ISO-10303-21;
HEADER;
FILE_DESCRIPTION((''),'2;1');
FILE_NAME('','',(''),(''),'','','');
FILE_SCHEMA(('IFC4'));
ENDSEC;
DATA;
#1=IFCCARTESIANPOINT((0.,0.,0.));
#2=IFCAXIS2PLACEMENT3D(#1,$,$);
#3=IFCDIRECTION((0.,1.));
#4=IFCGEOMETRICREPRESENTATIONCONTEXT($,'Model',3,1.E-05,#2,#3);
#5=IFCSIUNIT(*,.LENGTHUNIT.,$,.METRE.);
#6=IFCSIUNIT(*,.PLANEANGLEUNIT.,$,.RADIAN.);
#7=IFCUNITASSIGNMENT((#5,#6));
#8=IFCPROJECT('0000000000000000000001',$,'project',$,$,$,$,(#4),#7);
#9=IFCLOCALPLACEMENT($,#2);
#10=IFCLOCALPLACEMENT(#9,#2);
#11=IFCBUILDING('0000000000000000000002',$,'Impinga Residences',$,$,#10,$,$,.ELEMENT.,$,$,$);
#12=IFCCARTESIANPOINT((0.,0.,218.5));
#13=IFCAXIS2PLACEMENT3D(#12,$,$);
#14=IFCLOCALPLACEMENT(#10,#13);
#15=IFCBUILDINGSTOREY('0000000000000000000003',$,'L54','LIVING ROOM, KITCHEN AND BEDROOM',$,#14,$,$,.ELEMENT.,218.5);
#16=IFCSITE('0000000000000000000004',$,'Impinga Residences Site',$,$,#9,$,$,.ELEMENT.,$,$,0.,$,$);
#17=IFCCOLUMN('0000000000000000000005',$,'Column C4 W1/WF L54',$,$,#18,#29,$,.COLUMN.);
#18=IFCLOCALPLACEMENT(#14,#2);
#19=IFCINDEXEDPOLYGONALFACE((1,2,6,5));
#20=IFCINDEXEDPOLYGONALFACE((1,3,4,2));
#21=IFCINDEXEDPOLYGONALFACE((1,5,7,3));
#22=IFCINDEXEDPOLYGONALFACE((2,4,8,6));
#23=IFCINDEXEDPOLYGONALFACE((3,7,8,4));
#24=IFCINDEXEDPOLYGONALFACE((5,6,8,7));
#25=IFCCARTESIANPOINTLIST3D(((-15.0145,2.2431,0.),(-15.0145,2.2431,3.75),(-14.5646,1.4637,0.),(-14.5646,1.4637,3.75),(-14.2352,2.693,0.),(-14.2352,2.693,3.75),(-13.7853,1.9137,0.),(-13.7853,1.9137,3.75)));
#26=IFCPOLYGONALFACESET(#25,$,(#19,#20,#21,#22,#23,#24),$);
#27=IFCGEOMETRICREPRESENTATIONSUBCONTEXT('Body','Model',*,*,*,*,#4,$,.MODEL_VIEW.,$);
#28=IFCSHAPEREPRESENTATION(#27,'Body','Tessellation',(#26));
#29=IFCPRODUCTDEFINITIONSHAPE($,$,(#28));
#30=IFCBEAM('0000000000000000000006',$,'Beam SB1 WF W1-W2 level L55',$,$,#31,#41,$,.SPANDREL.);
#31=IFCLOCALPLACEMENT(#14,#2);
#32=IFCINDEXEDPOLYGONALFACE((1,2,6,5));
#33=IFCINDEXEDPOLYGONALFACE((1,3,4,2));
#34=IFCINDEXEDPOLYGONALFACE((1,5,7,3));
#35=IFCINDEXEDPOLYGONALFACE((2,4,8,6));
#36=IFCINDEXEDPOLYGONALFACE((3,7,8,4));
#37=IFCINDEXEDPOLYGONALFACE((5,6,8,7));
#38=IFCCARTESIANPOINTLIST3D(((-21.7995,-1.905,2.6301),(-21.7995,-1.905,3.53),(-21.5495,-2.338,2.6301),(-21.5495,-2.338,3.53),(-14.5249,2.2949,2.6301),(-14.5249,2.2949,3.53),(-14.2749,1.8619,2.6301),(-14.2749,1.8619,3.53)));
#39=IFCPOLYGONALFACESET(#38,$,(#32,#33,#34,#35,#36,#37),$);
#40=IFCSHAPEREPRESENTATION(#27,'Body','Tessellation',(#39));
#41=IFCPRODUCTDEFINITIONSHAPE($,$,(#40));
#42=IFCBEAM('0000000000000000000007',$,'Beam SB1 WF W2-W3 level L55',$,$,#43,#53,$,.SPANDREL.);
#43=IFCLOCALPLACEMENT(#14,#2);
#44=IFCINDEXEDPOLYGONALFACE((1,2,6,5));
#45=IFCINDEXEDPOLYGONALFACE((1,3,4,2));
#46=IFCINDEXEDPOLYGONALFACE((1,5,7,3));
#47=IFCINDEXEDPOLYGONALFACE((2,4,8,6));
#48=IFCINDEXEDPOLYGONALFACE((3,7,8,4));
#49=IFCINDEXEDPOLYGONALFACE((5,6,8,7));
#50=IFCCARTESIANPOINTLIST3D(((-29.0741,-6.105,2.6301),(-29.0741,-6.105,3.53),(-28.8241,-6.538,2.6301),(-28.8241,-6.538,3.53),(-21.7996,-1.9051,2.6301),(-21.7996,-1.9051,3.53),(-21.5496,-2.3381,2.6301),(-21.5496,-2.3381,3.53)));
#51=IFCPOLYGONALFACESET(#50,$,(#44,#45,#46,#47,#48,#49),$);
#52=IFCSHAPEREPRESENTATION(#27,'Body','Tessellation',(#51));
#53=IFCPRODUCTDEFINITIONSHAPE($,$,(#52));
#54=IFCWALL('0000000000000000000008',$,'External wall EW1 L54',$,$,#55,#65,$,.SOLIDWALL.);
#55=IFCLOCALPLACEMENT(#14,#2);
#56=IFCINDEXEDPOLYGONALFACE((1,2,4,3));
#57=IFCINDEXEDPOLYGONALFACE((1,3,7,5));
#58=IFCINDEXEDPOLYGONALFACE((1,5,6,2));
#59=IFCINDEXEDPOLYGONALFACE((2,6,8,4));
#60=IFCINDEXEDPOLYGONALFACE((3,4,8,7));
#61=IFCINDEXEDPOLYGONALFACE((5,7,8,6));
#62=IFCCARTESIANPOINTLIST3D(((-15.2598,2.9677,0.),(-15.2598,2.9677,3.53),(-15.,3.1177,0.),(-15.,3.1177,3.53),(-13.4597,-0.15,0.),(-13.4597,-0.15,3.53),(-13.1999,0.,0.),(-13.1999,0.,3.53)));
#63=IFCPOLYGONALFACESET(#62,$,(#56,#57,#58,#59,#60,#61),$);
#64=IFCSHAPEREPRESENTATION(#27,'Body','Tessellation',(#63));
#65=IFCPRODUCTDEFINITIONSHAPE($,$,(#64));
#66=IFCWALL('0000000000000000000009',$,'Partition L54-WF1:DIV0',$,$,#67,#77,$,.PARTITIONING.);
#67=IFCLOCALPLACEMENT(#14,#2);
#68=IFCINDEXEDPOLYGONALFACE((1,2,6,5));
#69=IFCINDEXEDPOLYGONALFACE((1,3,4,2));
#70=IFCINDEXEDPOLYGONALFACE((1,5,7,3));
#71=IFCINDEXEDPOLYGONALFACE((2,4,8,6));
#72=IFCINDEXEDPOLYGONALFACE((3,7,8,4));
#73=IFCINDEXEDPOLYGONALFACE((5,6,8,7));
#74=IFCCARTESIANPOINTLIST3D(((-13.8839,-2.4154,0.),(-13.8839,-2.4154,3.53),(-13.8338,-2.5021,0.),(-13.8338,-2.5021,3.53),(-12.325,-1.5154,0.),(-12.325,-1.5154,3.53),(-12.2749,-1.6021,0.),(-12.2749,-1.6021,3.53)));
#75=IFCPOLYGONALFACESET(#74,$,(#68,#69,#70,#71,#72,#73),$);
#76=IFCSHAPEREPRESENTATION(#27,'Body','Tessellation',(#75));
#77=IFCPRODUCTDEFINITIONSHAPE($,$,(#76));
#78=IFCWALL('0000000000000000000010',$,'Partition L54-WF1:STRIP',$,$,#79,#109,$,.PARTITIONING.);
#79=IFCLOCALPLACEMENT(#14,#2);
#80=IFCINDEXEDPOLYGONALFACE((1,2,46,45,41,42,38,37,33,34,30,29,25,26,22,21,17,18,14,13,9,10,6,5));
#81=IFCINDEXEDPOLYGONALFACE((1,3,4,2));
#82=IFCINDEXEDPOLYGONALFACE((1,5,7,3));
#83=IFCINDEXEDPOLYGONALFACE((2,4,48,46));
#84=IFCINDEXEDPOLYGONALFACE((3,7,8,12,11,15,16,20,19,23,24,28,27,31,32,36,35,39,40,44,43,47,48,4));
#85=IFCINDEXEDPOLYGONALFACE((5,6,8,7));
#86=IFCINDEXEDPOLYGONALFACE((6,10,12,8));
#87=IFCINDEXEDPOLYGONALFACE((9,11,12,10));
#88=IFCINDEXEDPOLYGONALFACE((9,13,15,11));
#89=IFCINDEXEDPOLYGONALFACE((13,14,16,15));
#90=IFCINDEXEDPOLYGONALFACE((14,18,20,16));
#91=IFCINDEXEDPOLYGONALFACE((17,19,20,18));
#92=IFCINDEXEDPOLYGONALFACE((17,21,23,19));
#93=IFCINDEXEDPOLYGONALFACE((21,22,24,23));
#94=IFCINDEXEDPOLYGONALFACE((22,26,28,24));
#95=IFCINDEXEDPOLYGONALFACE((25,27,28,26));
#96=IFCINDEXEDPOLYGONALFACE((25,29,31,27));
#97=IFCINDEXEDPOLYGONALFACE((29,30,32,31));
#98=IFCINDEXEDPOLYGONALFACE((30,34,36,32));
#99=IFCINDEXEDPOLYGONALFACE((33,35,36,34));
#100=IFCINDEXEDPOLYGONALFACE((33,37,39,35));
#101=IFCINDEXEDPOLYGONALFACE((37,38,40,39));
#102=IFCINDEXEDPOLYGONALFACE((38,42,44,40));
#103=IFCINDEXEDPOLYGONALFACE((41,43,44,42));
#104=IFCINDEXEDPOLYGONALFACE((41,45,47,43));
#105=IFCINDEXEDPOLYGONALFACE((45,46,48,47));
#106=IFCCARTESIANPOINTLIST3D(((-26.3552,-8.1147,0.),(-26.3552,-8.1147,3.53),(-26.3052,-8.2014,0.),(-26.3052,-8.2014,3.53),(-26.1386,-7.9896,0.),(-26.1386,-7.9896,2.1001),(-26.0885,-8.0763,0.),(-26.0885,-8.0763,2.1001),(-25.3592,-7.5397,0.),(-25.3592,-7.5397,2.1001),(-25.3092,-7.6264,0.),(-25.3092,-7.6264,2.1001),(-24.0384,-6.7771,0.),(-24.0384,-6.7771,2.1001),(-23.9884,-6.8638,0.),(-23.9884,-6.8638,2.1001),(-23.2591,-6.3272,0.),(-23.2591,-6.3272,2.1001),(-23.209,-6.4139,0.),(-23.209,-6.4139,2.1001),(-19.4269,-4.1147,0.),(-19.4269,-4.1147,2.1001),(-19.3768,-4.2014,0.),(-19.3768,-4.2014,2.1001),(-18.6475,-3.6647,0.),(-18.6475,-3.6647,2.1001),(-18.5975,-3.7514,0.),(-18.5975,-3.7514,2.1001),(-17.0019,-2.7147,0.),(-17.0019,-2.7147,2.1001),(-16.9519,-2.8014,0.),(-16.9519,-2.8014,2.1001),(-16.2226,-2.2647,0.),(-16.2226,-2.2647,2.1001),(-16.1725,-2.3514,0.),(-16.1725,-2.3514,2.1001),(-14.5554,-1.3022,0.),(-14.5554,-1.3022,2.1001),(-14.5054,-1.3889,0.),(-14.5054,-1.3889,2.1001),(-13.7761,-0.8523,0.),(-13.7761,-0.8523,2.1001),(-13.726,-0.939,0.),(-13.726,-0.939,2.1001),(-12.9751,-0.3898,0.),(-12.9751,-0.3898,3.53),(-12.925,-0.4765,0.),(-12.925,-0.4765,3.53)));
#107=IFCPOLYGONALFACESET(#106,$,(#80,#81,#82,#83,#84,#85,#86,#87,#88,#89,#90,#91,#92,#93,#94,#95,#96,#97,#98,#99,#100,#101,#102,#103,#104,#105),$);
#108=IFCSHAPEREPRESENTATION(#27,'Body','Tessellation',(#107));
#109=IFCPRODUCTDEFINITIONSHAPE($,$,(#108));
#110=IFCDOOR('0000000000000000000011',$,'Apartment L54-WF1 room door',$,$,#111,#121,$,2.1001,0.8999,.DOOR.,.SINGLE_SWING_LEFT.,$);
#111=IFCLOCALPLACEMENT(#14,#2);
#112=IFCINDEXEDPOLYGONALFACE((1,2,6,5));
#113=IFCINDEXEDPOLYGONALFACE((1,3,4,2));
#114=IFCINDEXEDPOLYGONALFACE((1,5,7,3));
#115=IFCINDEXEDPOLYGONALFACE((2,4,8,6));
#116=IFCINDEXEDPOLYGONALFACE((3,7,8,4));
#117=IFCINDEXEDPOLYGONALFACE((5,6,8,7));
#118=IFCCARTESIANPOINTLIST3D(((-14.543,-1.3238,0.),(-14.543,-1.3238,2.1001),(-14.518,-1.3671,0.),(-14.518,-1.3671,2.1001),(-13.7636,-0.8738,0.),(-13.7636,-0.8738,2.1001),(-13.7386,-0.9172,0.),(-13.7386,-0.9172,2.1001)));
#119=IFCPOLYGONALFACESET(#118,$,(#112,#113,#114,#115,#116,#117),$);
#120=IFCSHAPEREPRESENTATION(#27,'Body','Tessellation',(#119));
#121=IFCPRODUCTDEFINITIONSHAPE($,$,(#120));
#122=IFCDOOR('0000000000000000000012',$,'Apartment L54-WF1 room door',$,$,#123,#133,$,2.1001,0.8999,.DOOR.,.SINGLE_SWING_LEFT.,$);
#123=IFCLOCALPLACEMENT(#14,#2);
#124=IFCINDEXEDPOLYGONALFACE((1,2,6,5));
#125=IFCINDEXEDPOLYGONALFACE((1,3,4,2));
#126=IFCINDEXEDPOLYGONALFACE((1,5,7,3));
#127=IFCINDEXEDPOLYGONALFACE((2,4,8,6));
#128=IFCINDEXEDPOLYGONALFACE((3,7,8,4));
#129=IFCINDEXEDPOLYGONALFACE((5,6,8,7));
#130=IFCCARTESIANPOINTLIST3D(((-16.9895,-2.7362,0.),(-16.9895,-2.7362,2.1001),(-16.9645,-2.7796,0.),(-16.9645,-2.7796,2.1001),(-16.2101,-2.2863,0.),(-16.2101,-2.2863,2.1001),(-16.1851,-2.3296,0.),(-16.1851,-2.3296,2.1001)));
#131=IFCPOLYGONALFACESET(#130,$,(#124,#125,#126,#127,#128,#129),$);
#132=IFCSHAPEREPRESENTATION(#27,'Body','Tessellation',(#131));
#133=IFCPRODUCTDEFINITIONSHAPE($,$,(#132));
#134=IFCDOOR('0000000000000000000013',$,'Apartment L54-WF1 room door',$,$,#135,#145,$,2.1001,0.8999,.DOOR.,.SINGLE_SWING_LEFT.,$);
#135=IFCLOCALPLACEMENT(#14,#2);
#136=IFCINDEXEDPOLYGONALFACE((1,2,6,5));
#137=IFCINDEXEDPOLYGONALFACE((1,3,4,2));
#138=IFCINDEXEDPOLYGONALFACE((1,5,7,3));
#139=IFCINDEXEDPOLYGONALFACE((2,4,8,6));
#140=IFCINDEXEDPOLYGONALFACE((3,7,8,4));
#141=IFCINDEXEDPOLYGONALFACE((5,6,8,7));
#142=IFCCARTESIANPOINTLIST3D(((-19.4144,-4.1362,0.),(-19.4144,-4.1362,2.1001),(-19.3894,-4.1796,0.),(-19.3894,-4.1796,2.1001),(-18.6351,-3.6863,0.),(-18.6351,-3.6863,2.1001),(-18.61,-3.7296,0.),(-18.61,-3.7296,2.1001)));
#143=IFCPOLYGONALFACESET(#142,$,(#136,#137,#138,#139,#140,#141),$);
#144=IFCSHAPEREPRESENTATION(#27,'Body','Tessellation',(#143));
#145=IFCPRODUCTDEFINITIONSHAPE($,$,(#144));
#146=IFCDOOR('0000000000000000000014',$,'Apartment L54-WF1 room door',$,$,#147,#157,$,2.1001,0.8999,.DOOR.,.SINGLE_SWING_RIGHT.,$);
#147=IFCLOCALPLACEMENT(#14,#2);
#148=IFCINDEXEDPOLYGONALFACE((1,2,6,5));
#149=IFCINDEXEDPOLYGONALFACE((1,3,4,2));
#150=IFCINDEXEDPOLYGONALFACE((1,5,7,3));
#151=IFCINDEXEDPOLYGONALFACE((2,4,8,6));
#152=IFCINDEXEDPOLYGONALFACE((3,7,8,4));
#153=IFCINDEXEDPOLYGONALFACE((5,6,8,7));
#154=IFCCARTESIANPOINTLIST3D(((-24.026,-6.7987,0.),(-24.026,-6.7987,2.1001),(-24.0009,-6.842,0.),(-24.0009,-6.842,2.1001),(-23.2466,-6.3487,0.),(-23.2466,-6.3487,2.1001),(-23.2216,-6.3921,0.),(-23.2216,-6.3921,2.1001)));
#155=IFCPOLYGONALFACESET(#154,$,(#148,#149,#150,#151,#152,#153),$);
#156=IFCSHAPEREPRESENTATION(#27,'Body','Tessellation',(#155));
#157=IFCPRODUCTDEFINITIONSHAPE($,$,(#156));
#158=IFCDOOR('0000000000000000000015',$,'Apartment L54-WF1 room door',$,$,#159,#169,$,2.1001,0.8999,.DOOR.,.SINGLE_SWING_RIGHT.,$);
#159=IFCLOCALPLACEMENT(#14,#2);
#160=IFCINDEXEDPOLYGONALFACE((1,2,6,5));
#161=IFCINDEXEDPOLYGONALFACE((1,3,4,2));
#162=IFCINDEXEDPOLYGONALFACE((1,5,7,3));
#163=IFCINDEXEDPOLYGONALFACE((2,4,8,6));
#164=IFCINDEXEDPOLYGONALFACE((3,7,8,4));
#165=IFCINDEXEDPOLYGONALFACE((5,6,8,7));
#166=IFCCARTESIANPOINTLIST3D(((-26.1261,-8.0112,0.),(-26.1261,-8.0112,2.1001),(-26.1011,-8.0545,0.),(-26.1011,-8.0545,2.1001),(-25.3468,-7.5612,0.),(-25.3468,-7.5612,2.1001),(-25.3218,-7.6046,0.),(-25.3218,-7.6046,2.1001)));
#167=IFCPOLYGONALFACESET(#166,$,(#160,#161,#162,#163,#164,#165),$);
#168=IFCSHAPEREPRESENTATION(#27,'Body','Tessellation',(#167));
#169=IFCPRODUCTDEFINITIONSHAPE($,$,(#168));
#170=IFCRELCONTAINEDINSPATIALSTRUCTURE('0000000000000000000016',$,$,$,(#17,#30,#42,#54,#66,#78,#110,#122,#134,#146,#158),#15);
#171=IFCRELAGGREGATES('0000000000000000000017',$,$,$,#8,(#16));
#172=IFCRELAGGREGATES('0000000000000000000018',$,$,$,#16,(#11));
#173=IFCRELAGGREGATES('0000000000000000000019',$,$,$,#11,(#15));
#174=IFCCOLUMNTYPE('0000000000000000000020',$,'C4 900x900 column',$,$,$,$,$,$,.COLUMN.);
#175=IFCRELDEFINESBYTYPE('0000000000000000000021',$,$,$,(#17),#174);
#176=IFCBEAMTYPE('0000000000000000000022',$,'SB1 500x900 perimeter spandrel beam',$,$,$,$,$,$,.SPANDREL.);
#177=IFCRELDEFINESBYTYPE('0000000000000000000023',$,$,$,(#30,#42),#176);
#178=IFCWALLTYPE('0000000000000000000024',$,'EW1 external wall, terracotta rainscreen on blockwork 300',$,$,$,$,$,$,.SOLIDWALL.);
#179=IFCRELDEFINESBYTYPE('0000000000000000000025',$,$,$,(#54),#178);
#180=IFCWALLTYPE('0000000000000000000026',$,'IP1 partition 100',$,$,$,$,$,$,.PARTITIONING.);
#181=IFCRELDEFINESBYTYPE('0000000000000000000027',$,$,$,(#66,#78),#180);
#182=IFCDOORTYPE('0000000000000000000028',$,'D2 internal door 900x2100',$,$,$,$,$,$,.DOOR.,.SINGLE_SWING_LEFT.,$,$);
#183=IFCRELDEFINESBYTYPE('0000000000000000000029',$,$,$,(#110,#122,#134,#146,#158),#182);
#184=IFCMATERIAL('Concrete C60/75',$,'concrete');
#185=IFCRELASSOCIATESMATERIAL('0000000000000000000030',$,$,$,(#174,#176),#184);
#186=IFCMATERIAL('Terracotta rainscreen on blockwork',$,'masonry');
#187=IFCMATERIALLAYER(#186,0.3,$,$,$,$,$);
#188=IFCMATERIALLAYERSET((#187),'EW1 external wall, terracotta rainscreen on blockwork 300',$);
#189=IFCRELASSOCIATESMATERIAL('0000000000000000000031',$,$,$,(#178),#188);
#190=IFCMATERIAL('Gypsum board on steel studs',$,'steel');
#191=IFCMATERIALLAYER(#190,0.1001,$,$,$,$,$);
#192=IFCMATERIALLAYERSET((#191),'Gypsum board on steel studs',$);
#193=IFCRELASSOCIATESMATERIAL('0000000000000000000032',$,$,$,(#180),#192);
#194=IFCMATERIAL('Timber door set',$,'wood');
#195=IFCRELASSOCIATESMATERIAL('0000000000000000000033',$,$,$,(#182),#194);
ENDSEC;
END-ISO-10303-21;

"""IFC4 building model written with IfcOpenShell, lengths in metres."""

from ifc_helpers import new_model, si_unit, direction, frame, frame_2d, origin, origin_2d, place, context, subcontext, project, spatial, rectangle, extrude, material, layer, layer_set, material_profile, profile_set, type_object, element, fill, save


model = new_model("IFC4")

# Units and contexts
model_context = context("Model", 3, precision=1e-05, world=origin(), true_north=direction((0.0, 1.0)))
body_context = subcontext(model_context, "Body", "Model", "MODEL_VIEW")
ifc_project = project(units=[si_unit("LENGTHUNIT", "METRE"), si_unit("PLANEANGLEUNIT", "RADIAN")], contexts=[model_context])

# Site, building, storey
site_placement = place(None, origin())
site = spatial("IfcSite", under=ifc_project, at=site_placement, Name="Impinga Residences Site", CompositionType="ELEMENT", RefElevation=0.0)
building_placement = place(site_placement, origin())
building = spatial("IfcBuilding", under=site, at=building_placement, Name="Impinga Residences", CompositionType="ELEMENT")
storey_placement = place(building_placement, frame((0.0, 0.0, 218.5)))
storey = spatial("IfcBuildingStorey", under=building, at=storey_placement, Name="L54", Description="LIVING ROOM, KITCHEN AND BEDROOM", CompositionType="ELEMENT", Elevation=218.5)

# Column
ifc_material_1 = material(Name="Concrete C60/75", Category="concrete")
ifc_material_profile_1 = material_profile(ifc_material_1, rectangle(XDim=0.8999, YDim=0.8999, at=origin_2d()), Name="RC 900x900")
ifc_profile_set_1 = profile_set([ifc_material_profile_1], Name="Concrete C60/75")
column_type = type_object("IfcColumnType", Name="C4 900x900 column", PredefinedType="COLUMN", material=ifc_profile_set_1)
column_placement = place(storey_placement, frame((-14.3999, 2.0784, 0.0), z_axis=(0.0, 0.0, 1.0), x_axis=(-0.5, 0.866025, 0.0)))
element("IfcColumn", 1, at=column_placement, inside=storey, type_object=column_type, Name="Column C4 W1/WF L54", PredefinedType="COLUMN", context=body_context, shape_type="SweptSolid", body=[
    extrude(rectangle(XDim=0.8999, YDim=0.8999, at=origin_2d()), origin(), (0.0, 0.0, 1.0), 3.75),
])

# Beams
ifc_material_profile_2 = material_profile(ifc_material_1, rectangle(XDim=0.5, YDim=0.8999, at=origin_2d()), Name="RC 500x900")
ifc_profile_set_2 = profile_set([ifc_material_profile_2], Name="Concrete C60/75")
beam_type = type_object("IfcBeamType", Name="SB1 500x900 perimeter spandrel beam", PredefinedType="SPANDREL", material=ifc_profile_set_2)
for number, where, z_axis, x_axis, name in (
    (2, (-14.3999, 2.0784, 3.0801), (-0.866029, -0.499993, 0.0), (0.499993, -0.866029, 0.0), "Beam SB1 WF W1-W2 level L55"),
    (3, (-21.6746, -2.1216, 3.0801), (-0.866029, -0.499993, 0.0), (0.499993, -0.866029, 0.0), "Beam SB1 WF W2-W3 level L55"),
):
    element("IfcBeam", number, at=place(storey_placement, frame(where, z_axis=z_axis, x_axis=x_axis)), inside=storey, type_object=beam_type, Name=name, PredefinedType="SPANDREL", context=body_context, shape_type="SweptSolid", body=[
        extrude(rectangle(XDim=0.5, YDim=0.8999, at=origin_2d()), origin(), (0.0, 0.0, 1.0), 8.3999),
    ])

# Walls
ifc_material_2 = material(Name="Terracotta rainscreen on blockwork", Category="masonry")
ifc_layer_1 = layer(ifc_material_2, 0.3)
ifc_layer_set_1 = layer_set([ifc_layer_1], Name="EW1 external wall, terracotta rainscreen on blockwork 300")
wall_type_1 = type_object("IfcWallType", Name="EW1 external wall, terracotta rainscreen on blockwork 300", PredefinedType="SOLIDWALL", material=ifc_layer_set_1)
wall_1_placement = place(storey_placement, frame((-15.1299, 3.0427, 0.0), z_axis=(0.0, 0.0, 1.0), x_axis=(0.500012, -0.866018, 0.0)))
element("IfcWall", 4, at=wall_1_placement, inside=storey, type_object=wall_type_1, Name="External wall EW1 L54", PredefinedType="SOLIDWALL", context=body_context, shape_type="SweptSolid", body=[
    extrude(rectangle(XDim=3.6001, YDim=0.3, at=frame_2d((1.8, 0.0))), origin(), (0.0, 0.0, 1.0), 3.53),
])
ifc_material_3 = material(Name="Gypsum board on steel studs", Category="steel")
ifc_layer_2 = layer(ifc_material_3, 0.1001)
ifc_layer_set_2 = layer_set([ifc_layer_2], Name="Gypsum board on steel studs")
wall_type_2 = type_object("IfcWallType", Name="IP1 partition 100", PredefinedType="PARTITIONING", material=ifc_layer_set_2)
wall_2_placement = place(storey_placement, frame((-12.3, -1.5588, 0.0), z_axis=(0.0, 0.0, 1.0), x_axis=(-0.866048, -0.499961, 0.0)))
element("IfcWall", 5, at=wall_2_placement, inside=storey, type_object=wall_type_2, Name="Partition L54-WF1:DIV0", PredefinedType="PARTITIONING", context=body_context, shape_type="SweptSolid", body=[
    extrude(rectangle(XDim=1.8, YDim=0.1001, at=frame_2d((0.8999, 0.0))), origin(), (0.0, 0.0, 1.0), 3.53),
])

# Wall, openings, doors
wall_3_placement = place(storey_placement, frame((-12.95, -0.4331, 0.0), z_axis=(0.0, 0.0, 1.0), x_axis=(-0.86603, -0.499992, 0.0)))
wall_3 = element("IfcWall", 6, at=wall_3_placement, inside=storey, type_object=wall_type_2, Name="Partition L54-WF1:STRIP", PredefinedType="PARTITIONING", context=body_context, shape_type="SweptSolid", body=[
    extrude(rectangle(XDim=15.45, YDim=0.1001, at=frame_2d((7.7251, 0.0))), origin(), (0.0, 0.0, 1.0), 3.53),
])
opening_1_placement = place(wall_3_placement, frame((0.925, 0.0, 0.0)))
opening_1 = element("IfcOpeningElement", 7, at=opening_1_placement, cuts=wall_3, PredefinedType="OPENING", context=body_context, shape_type="SweptSolid", body=[
    extrude(rectangle(XDim=0.8999, YDim=2.1001, at=frame_2d((0.45, 1.05))), frame((0.0, 0.0601, 0.0), z_axis=(0.0, -1.0, 0.0), x_axis=(1.0, 0.0, 0.0)), (0.0, 0.0, 1.0), 0.1201),
])
opening_2_placement = place(wall_3_placement, frame((3.75, 0.0, 0.0)))
opening_2 = element("IfcOpeningElement", 8, at=opening_2_placement, cuts=wall_3, PredefinedType="OPENING", context=body_context, shape_type="SweptSolid", body=[
    extrude(rectangle(XDim=0.8999, YDim=2.1001, at=frame_2d((0.45, 1.05))), frame((0.0, 0.0601, 0.0), z_axis=(0.0, -1.0, 0.0), x_axis=(1.0, 0.0, 0.0)), (0.0, 0.0, 1.0), 0.1201),
])
opening_3_placement = place(wall_3_placement, frame((6.55, 0.0, 0.0)))
opening_3 = element("IfcOpeningElement", 9, at=opening_3_placement, cuts=wall_3, PredefinedType="OPENING", context=body_context, shape_type="SweptSolid", body=[
    extrude(rectangle(XDim=0.8999, YDim=2.1001, at=frame_2d((0.45, 1.05))), frame((0.0, 0.0601, 0.0), z_axis=(0.0, -1.0, 0.0), x_axis=(1.0, 0.0, 0.0)), (0.0, 0.0, 1.0), 0.1201),
])
opening_4_placement = place(wall_3_placement, frame((11.875, 0.0, 0.0)))
opening_4 = element("IfcOpeningElement", 10, at=opening_4_placement, cuts=wall_3, PredefinedType="OPENING", context=body_context, shape_type="SweptSolid", body=[
    extrude(rectangle(XDim=0.8999, YDim=2.1001, at=frame_2d((0.45, 1.05))), frame((0.0, 0.0601, 0.0), z_axis=(0.0, -1.0, 0.0), x_axis=(1.0, 0.0, 0.0)), (0.0, 0.0, 1.0), 0.1201),
])
opening_5_placement = place(wall_3_placement, frame((14.3, 0.0, 0.0)))
opening_5 = element("IfcOpeningElement", 11, at=opening_5_placement, cuts=wall_3, PredefinedType="OPENING", context=body_context, shape_type="SweptSolid", body=[
    extrude(rectangle(XDim=0.8999, YDim=2.1001, at=frame_2d((0.45, 1.05))), frame((0.0, 0.0601, 0.0), z_axis=(0.0, -1.0, 0.0), x_axis=(1.0, 0.0, 0.0)), (0.0, 0.0, 1.0), 0.1201),
])
ifc_material_4 = material(Name="Timber door set", Category="wood")
door_type_1 = type_object("IfcDoorType", Name="D2 internal door 900x2100", OperationType="SINGLE_SWING_LEFT", PredefinedType="DOOR", material=ifc_material_4)
door_1_placement = place(opening_1_placement, origin())
door_1 = element("IfcDoor", 12, at=door_1_placement, inside=storey, type_object=door_type_1, Name="Apartment L54-WF1 room door", OperationType="SINGLE_SWING_LEFT", OverallHeight=2.1001, OverallWidth=0.8999, PredefinedType="DOOR", context=body_context, shape_type="SweptSolid", body=[
    extrude(rectangle(XDim=0.8999, YDim=2.1001, at=frame_2d((0.45, 1.05))), frame((0.0, 0.0249, 0.0), z_axis=(0.0, -1.0, 0.0), x_axis=(1.0, 0.0, 0.0)), (0.0, 0.0, 1.0), 0.05),
])
fill(opening_1, door_1)
door_2_placement = place(opening_2_placement, origin())
door_2 = element("IfcDoor", 13, at=door_2_placement, inside=storey, type_object=door_type_1, Name="Apartment L54-WF1 room door", OperationType="SINGLE_SWING_LEFT", OverallHeight=2.1001, OverallWidth=0.8999, PredefinedType="DOOR", context=body_context, shape_type="SweptSolid", body=[
    extrude(rectangle(XDim=0.8999, YDim=2.1001, at=frame_2d((0.45, 1.05))), frame((0.0, 0.0249, 0.0), z_axis=(0.0, -1.0, 0.0), x_axis=(1.0, 0.0, 0.0)), (0.0, 0.0, 1.0), 0.05),
])
fill(opening_2, door_2)
door_3_placement = place(opening_3_placement, origin())
door_3 = element("IfcDoor", 14, at=door_3_placement, inside=storey, type_object=door_type_1, Name="Apartment L54-WF1 room door", OperationType="SINGLE_SWING_LEFT", OverallHeight=2.1001, OverallWidth=0.8999, PredefinedType="DOOR", context=body_context, shape_type="SweptSolid", body=[
    extrude(rectangle(XDim=0.8999, YDim=2.1001, at=frame_2d((0.45, 1.05))), frame((0.0, 0.0249, 0.0), z_axis=(0.0, -1.0, 0.0), x_axis=(1.0, 0.0, 0.0)), (0.0, 0.0, 1.0), 0.05),
])
fill(opening_3, door_3)
door_4_placement = place(opening_4_placement, origin())
door_4 = element("IfcDoor", 15, at=door_4_placement, inside=storey, type_object=door_type_1, Name="Apartment L54-WF1 room door", OperationType="SINGLE_SWING_RIGHT", OverallHeight=2.1001, OverallWidth=0.8999, PredefinedType="DOOR", context=body_context, shape_type="SweptSolid", body=[
    extrude(rectangle(XDim=0.8999, YDim=2.1001, at=frame_2d((0.45, 1.05))), frame((0.0, 0.0249, 0.0), z_axis=(0.0, -1.0, 0.0), x_axis=(1.0, 0.0, 0.0)), (0.0, 0.0, 1.0), 0.05),
])
fill(opening_4, door_4)
door_5_placement = place(opening_5_placement, origin())
door_5 = element("IfcDoor", 16, at=door_5_placement, inside=storey, type_object=door_type_1, Name="Apartment L54-WF1 room door", OperationType="SINGLE_SWING_RIGHT", OverallHeight=2.1001, OverallWidth=0.8999, PredefinedType="DOOR", context=body_context, shape_type="SweptSolid", body=[
    extrude(rectangle(XDim=0.8999, YDim=2.1001, at=frame_2d((0.45, 1.05))), frame((0.0, 0.0249, 0.0), z_axis=(0.0, -1.0, 0.0), x_axis=(1.0, 0.0, 0.0)), (0.0, 0.0, 1.0), 0.05),
])
fill(opening_5, door_5)

save(model, "model.ifc")
